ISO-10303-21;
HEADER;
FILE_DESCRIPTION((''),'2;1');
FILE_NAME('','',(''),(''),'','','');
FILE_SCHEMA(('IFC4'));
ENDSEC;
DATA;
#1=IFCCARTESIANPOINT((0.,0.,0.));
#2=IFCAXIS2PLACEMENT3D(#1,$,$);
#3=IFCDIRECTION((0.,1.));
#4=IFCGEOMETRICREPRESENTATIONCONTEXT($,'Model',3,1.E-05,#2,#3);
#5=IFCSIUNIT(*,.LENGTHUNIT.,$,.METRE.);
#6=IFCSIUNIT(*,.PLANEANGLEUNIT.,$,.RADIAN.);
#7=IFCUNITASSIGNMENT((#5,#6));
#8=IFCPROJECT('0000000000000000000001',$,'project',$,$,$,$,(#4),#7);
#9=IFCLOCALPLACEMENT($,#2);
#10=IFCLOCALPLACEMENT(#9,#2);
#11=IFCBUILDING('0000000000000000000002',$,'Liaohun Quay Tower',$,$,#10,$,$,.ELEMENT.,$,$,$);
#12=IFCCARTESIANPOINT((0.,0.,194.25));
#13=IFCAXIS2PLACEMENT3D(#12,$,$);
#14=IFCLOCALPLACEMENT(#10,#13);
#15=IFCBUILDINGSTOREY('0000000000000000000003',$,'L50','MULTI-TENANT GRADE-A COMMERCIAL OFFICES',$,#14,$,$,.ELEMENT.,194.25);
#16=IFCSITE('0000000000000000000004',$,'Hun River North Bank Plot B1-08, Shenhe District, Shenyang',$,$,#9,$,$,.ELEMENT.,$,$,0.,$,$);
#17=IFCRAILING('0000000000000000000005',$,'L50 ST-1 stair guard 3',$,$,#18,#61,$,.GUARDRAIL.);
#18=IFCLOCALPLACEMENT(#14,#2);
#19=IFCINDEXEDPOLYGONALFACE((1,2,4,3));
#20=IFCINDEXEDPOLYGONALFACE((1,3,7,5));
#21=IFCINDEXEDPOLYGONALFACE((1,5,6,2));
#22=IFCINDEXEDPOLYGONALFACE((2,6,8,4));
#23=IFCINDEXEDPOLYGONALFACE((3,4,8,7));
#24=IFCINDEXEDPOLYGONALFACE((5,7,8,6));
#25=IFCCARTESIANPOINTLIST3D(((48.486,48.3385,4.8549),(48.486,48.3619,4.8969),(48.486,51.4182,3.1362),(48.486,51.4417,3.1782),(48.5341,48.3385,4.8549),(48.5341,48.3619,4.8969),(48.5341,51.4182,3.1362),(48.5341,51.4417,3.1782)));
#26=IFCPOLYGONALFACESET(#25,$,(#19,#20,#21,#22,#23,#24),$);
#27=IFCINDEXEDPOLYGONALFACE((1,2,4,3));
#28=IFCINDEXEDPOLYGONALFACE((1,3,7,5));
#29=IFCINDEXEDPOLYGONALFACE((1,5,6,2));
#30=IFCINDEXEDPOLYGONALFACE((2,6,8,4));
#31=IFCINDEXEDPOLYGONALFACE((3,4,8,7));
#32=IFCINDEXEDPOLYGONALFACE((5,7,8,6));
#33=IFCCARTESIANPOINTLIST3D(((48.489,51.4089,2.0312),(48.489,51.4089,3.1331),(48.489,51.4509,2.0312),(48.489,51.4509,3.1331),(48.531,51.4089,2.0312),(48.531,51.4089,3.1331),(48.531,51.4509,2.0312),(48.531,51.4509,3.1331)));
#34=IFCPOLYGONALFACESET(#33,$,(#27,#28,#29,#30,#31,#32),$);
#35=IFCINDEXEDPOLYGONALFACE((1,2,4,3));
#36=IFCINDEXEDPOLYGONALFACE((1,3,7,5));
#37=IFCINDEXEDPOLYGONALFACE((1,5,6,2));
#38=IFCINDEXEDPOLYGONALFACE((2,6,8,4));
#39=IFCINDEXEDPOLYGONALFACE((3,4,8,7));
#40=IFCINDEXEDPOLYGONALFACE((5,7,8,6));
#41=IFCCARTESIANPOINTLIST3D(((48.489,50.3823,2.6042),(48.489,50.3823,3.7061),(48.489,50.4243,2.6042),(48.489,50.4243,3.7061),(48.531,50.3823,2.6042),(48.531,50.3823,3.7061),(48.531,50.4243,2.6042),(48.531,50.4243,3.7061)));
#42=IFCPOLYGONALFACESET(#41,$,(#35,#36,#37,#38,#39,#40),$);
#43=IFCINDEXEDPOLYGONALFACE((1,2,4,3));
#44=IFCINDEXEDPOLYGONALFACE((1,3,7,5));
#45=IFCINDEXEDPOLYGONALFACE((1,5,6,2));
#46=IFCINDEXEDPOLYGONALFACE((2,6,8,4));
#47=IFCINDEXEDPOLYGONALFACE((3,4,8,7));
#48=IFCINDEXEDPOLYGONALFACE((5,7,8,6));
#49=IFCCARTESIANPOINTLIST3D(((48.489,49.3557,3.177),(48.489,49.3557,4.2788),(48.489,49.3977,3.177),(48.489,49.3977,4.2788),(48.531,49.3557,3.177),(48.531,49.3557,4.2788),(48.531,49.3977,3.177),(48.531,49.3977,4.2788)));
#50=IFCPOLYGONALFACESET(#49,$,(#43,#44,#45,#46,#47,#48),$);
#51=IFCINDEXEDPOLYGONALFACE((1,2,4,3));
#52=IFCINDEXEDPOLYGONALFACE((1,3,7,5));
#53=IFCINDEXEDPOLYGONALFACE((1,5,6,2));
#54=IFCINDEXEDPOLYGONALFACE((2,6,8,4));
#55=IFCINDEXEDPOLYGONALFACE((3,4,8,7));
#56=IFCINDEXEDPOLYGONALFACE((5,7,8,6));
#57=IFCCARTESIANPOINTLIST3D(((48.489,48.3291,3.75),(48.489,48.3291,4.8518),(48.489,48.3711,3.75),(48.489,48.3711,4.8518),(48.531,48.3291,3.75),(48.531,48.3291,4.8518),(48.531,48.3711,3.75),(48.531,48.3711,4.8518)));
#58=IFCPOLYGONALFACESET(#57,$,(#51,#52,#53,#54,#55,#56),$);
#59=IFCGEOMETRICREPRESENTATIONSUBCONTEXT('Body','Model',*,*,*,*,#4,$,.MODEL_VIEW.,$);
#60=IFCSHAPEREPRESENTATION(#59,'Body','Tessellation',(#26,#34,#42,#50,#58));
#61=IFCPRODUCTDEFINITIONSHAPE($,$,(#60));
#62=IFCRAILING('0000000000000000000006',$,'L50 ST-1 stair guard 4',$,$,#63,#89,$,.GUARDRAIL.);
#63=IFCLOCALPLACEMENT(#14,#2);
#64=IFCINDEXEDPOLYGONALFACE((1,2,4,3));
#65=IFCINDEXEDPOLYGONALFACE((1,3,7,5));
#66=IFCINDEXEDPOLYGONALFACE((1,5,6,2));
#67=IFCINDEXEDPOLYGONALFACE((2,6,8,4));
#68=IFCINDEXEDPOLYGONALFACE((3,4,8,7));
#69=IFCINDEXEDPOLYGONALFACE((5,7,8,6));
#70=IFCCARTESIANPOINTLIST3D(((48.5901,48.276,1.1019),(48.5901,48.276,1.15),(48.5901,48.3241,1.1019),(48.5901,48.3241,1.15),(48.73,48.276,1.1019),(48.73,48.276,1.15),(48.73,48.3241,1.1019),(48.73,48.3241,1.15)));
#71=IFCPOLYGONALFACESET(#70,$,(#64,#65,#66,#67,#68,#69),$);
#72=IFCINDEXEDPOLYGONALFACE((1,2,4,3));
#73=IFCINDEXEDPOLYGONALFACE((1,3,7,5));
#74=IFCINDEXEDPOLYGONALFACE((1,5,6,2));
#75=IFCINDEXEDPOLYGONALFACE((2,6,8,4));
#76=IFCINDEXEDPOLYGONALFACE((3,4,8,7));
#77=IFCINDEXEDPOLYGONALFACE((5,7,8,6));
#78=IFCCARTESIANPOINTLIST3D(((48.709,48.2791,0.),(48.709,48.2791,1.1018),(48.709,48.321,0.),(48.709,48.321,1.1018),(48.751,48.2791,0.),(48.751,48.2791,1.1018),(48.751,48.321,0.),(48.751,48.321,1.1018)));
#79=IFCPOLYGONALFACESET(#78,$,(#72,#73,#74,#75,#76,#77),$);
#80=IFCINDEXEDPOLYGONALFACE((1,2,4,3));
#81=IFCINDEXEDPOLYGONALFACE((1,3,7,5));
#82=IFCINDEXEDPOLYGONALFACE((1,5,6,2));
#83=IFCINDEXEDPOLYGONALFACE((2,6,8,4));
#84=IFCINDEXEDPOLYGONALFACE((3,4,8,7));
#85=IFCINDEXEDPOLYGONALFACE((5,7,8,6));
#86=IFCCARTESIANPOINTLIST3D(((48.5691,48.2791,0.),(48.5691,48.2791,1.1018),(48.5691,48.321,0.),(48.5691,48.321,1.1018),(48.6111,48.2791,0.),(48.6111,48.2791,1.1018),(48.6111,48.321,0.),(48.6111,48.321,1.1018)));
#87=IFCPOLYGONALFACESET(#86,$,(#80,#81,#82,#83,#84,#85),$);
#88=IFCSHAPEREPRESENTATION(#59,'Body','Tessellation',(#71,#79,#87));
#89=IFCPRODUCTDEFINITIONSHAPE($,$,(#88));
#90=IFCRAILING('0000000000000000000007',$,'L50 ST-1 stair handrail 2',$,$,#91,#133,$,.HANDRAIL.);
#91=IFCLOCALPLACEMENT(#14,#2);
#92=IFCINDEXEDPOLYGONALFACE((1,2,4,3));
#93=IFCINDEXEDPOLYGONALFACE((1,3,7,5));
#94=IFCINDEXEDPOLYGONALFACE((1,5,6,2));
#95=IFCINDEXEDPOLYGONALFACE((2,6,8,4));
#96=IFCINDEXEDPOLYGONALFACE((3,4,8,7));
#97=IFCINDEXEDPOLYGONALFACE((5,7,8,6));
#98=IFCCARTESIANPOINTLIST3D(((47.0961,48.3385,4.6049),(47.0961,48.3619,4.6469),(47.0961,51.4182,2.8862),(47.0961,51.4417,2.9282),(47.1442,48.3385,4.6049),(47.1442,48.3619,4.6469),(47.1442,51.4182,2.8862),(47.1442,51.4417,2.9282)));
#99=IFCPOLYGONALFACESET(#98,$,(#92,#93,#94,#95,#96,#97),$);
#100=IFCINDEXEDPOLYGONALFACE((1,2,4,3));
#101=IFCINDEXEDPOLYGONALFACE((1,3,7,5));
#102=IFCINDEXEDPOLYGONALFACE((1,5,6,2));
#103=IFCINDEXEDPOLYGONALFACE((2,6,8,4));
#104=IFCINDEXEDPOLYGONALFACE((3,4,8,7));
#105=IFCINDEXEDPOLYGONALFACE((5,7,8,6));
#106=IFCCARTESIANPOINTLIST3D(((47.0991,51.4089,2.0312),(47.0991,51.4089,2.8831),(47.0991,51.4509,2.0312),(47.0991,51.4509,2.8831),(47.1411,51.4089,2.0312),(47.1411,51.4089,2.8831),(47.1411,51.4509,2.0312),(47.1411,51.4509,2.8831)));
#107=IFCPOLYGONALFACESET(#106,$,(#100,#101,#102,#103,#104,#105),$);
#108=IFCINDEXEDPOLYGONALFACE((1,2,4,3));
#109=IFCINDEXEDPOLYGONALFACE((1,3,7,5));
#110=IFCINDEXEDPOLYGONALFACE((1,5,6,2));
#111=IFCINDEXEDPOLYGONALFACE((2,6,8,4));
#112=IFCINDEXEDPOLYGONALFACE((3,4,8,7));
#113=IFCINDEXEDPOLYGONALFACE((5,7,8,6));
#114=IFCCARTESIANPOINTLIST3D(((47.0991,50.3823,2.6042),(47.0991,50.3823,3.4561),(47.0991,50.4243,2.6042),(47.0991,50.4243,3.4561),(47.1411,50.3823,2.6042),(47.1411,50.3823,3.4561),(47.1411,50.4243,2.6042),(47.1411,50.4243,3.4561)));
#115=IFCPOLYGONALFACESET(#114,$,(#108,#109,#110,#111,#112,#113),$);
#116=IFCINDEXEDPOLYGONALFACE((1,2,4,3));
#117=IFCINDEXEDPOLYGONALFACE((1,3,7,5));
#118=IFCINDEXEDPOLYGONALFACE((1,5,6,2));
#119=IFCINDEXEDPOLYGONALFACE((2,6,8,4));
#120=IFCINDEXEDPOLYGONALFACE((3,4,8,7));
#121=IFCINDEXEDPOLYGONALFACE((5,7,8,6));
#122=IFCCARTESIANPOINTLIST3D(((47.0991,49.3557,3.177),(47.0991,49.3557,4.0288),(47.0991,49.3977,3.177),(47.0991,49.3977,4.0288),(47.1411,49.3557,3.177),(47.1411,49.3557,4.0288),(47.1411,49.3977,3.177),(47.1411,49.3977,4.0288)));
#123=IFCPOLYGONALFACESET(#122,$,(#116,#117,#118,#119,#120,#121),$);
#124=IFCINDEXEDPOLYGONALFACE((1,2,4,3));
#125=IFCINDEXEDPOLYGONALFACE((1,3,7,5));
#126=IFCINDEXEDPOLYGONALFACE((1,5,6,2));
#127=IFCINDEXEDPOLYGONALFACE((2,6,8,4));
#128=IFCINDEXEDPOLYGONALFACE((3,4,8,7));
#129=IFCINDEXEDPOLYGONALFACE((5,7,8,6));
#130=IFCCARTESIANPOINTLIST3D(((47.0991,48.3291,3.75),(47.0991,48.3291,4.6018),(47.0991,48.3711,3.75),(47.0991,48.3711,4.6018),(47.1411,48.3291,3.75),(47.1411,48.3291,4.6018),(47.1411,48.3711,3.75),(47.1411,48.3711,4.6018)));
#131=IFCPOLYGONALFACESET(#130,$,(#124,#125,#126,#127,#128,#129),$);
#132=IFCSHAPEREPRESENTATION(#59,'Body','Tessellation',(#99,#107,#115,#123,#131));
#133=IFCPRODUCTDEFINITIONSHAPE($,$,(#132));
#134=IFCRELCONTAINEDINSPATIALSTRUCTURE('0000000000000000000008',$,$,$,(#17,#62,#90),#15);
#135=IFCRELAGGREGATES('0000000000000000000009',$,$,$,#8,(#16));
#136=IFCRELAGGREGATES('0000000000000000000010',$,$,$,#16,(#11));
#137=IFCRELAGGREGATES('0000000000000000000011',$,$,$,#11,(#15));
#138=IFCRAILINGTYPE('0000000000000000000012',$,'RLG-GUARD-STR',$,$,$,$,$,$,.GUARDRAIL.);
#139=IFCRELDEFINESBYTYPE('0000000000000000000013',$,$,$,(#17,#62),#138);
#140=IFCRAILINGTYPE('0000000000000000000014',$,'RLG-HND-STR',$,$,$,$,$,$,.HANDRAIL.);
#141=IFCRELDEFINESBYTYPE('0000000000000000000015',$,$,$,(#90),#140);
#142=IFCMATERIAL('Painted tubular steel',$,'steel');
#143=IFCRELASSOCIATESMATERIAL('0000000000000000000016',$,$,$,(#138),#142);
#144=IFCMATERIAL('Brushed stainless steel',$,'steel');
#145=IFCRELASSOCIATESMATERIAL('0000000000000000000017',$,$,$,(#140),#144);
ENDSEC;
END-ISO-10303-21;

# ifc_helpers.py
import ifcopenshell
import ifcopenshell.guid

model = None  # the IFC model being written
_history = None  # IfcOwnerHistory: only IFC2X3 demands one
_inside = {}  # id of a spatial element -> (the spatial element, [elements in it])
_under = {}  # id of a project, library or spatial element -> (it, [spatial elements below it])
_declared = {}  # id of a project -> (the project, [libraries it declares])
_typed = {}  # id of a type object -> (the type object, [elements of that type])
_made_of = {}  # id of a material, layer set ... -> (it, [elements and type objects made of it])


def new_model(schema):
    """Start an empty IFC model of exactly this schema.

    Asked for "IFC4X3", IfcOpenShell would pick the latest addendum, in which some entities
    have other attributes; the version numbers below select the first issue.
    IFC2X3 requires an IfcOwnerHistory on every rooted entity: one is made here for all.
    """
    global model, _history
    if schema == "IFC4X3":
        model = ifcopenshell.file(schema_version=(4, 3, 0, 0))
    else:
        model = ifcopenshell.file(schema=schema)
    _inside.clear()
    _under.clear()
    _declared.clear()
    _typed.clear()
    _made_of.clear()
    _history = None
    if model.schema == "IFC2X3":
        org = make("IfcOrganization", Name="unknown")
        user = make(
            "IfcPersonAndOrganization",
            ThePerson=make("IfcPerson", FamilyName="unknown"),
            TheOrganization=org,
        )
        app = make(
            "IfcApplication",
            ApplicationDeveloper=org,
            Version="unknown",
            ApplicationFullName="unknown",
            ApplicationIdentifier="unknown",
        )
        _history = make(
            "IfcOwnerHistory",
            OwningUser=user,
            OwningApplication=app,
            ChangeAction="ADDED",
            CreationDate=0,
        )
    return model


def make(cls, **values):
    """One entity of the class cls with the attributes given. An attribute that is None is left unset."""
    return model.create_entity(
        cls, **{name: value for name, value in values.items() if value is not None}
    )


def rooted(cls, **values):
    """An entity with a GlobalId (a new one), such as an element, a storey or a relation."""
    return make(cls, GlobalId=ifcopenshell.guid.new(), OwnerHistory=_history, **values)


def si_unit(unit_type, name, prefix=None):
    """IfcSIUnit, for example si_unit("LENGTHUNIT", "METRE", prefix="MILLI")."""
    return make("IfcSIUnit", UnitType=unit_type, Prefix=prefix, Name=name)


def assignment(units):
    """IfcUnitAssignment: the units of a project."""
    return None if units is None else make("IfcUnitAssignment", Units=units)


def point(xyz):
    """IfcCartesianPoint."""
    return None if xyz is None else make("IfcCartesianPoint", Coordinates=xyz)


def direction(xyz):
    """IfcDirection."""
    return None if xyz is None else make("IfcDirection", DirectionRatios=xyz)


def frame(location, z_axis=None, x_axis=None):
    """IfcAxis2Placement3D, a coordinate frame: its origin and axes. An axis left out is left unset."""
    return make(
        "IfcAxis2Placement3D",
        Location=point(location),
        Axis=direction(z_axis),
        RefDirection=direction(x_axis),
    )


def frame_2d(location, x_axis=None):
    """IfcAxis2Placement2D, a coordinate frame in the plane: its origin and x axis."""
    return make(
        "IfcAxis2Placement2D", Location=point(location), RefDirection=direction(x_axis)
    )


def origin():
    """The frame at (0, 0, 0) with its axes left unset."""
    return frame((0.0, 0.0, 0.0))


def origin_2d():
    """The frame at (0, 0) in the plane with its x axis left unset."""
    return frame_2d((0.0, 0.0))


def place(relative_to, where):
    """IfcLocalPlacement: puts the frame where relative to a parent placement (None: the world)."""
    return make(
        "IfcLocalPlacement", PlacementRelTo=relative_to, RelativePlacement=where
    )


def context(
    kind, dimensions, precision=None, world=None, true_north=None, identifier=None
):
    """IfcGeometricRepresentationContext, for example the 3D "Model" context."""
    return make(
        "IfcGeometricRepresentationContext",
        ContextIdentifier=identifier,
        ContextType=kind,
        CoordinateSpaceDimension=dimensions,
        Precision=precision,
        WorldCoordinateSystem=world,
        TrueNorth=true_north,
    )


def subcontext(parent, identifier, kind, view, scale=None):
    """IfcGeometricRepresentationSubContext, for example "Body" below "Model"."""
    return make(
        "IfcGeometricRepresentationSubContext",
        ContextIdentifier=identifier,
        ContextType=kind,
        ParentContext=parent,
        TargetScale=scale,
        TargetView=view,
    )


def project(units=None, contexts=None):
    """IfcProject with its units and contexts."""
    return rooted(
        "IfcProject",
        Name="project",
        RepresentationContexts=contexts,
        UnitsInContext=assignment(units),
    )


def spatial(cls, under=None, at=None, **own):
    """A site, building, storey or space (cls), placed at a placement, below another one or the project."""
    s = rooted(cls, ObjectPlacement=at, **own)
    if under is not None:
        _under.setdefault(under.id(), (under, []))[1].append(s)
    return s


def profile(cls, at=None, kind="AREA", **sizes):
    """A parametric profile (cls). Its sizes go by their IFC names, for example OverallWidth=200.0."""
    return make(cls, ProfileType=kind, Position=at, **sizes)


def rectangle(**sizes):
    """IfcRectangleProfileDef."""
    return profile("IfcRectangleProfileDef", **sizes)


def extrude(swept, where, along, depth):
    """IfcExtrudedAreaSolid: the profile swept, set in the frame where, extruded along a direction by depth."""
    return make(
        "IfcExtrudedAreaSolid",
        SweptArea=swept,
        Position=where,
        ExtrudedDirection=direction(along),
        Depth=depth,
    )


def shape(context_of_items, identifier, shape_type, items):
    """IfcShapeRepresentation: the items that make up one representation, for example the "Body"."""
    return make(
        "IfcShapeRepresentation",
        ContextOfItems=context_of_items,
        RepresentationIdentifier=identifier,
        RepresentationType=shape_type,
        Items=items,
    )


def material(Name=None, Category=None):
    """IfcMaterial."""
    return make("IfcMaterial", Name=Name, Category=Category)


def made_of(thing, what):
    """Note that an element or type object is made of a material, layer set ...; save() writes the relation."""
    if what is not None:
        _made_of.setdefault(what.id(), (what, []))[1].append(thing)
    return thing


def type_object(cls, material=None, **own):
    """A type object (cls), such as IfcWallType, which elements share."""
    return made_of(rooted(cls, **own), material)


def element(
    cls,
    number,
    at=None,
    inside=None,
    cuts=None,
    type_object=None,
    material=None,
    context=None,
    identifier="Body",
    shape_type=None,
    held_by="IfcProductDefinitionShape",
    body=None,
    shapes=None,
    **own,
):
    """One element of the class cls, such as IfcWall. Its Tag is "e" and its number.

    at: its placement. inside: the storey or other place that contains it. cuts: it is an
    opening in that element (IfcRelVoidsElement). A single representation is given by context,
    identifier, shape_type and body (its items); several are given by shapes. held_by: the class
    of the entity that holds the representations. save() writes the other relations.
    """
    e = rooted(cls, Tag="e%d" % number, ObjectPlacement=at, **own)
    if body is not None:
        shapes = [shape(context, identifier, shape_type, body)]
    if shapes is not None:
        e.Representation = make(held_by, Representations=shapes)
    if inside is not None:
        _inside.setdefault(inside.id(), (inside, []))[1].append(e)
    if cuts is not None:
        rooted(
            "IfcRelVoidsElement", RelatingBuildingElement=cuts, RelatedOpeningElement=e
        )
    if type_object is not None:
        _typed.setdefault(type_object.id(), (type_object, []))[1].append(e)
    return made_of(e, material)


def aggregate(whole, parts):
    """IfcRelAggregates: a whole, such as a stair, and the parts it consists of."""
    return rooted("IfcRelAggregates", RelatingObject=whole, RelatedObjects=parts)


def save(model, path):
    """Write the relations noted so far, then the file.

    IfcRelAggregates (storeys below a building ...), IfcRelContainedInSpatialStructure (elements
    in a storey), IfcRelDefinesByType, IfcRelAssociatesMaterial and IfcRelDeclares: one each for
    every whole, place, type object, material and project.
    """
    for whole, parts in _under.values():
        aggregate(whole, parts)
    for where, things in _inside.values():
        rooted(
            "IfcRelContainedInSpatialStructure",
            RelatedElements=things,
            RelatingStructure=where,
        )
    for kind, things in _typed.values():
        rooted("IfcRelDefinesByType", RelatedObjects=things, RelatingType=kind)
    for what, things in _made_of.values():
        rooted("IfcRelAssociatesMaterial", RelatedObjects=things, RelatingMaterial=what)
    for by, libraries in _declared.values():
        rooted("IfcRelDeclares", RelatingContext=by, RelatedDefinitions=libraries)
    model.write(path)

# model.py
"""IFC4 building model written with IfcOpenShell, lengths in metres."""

from ifc_helpers import new_model, si_unit, direction, frame, origin, origin_2d, place, context, subcontext, project, spatial, rectangle, extrude, material, type_object, element, save


model = new_model("IFC4")

# Units and contexts
model_context = context("Model", 3, precision=1e-05, world=origin(), true_north=direction((0.0, 1.0)))
body_context = subcontext(model_context, "Body", "Model", "MODEL_VIEW")
ifc_project = project(units=[si_unit("LENGTHUNIT", "METRE"), si_unit("PLANEANGLEUNIT", "RADIAN")], contexts=[model_context])

# Site, building, storey
site_placement = place(None, origin())
site = spatial("IfcSite", under=ifc_project, at=site_placement, Name="Hun River North Bank Plot B1-08, Shenhe District, Shenyang", CompositionType="ELEMENT", RefElevation=0.0)
building_placement = place(site_placement, origin())
building = spatial("IfcBuilding", under=site, at=building_placement, Name="Liaohun Quay Tower", CompositionType="ELEMENT")
storey_placement = place(building_placement, frame((0.0, 0.0, 194.25)))
storey = spatial("IfcBuildingStorey", under=building, at=storey_placement, Name="L50", Description="MULTI-TENANT GRADE-A COMMERCIAL OFFICES", CompositionType="ELEMENT", Elevation=194.25)

# Railings
ifc_material_1 = material(Name="Painted tubular steel", Category="steel")
railing_type_1 = type_object("IfcRailingType", Name="RLG-GUARD-STR", PredefinedType="GUARDRAIL", material=ifc_material_1)
railing_1_placement = place(storey_placement, frame((48.51, 51.4299, 2.0312)))
element("IfcRailing", 1, at=railing_1_placement, inside=storey, type_object=railing_type_1, Name="L50 ST-1 stair guard 3", PredefinedType="GUARDRAIL", context=body_context, shape_type="SweptSolid", body=[
    extrude(rectangle(XDim=0.0481, YDim=0.0481, at=origin_2d()), frame((0.0, 0.0, 1.126), z_axis=(0.0, -0.873225, 0.487317), x_axis=(1.0, 0.0, 0.0)), (0.0, 0.0, 1.0), 3.5269),
    extrude(rectangle(XDim=0.042, YDim=0.042, at=origin_2d()), origin(), (0.0, 0.0, 1.0), 1.1018),
    extrude(rectangle(XDim=0.042, YDim=0.042, at=origin_2d()), frame((0.0, -1.0266, 0.573)), (0.0, 0.0, 1.0), 1.1018),
    extrude(rectangle(XDim=0.042, YDim=0.042, at=origin_2d()), frame((0.0, -2.0532, 1.1458)), (0.0, 0.0, 1.0), 1.1018),
    extrude(rectangle(XDim=0.042, YDim=0.042, at=origin_2d()), frame((0.0, -3.0798, 1.7188)), (0.0, 0.0, 1.0), 1.1018),
])
railing_2_placement = place(storey_placement, frame((48.73, 48.3, 0.0)))
element("IfcRailing", 2, at=railing_2_placement, inside=storey, type_object=railing_type_1, Name="L50 ST-1 stair guard 4", PredefinedType="GUARDRAIL", context=body_context, shape_type="SweptSolid", body=[
    extrude(rectangle(XDim=0.0481, YDim=0.0481, at=origin_2d()), frame((0.0, 0.0, 1.126), z_axis=(-1.0, 0.0, 0.0), x_axis=(0.0, -1.0, 0.0)), (0.0, 0.0, 1.0), 0.1399),
    extrude(rectangle(XDim=0.042, YDim=0.042, at=origin_2d()), origin(), (0.0, 0.0, 1.0), 1.1018),
    extrude(rectangle(XDim=0.042, YDim=0.042, at=origin_2d()), frame((-0.1399, 0.0, 0.0)), (0.0, 0.0, 1.0), 1.1018),
])
ifc_material_2 = material(Name="Brushed stainless steel", Category="steel")
railing_type_2 = type_object("IfcRailingType", Name="RLG-HND-STR", PredefinedType="HANDRAIL", material=ifc_material_2)
railing_3_placement = place(storey_placement, frame((47.1201, 51.4299, 2.0312)))
element("IfcRailing", 3, at=railing_3_placement, inside=storey, type_object=railing_type_2, Name="L50 ST-1 stair handrail 2", PredefinedType="HANDRAIL", context=body_context, shape_type="SweptSolid", body=[
    extrude(rectangle(XDim=0.0481, YDim=0.0481, at=origin_2d()), frame((0.0, 0.0, 0.876), z_axis=(0.0, -0.873225, 0.487317), x_axis=(1.0, 0.0, 0.0)), (0.0, 0.0, 1.0), 3.5269),
    extrude(rectangle(XDim=0.042, YDim=0.042, at=origin_2d()), origin(), (0.0, 0.0, 1.0), 0.8518),
    extrude(rectangle(XDim=0.042, YDim=0.042, at=origin_2d()), frame((0.0, -1.0266, 0.573)), (0.0, 0.0, 1.0), 0.8518),
    extrude(rectangle(XDim=0.042, YDim=0.042, at=origin_2d()), frame((0.0, -2.0532, 1.1458)), (0.0, 0.0, 1.0), 0.8518),
    extrude(rectangle(XDim=0.042, YDim=0.042, at=origin_2d()), frame((0.0, -3.0798, 1.7188)), (0.0, 0.0, 1.0), 0.8518),
])

save(model, "model.ifc")
